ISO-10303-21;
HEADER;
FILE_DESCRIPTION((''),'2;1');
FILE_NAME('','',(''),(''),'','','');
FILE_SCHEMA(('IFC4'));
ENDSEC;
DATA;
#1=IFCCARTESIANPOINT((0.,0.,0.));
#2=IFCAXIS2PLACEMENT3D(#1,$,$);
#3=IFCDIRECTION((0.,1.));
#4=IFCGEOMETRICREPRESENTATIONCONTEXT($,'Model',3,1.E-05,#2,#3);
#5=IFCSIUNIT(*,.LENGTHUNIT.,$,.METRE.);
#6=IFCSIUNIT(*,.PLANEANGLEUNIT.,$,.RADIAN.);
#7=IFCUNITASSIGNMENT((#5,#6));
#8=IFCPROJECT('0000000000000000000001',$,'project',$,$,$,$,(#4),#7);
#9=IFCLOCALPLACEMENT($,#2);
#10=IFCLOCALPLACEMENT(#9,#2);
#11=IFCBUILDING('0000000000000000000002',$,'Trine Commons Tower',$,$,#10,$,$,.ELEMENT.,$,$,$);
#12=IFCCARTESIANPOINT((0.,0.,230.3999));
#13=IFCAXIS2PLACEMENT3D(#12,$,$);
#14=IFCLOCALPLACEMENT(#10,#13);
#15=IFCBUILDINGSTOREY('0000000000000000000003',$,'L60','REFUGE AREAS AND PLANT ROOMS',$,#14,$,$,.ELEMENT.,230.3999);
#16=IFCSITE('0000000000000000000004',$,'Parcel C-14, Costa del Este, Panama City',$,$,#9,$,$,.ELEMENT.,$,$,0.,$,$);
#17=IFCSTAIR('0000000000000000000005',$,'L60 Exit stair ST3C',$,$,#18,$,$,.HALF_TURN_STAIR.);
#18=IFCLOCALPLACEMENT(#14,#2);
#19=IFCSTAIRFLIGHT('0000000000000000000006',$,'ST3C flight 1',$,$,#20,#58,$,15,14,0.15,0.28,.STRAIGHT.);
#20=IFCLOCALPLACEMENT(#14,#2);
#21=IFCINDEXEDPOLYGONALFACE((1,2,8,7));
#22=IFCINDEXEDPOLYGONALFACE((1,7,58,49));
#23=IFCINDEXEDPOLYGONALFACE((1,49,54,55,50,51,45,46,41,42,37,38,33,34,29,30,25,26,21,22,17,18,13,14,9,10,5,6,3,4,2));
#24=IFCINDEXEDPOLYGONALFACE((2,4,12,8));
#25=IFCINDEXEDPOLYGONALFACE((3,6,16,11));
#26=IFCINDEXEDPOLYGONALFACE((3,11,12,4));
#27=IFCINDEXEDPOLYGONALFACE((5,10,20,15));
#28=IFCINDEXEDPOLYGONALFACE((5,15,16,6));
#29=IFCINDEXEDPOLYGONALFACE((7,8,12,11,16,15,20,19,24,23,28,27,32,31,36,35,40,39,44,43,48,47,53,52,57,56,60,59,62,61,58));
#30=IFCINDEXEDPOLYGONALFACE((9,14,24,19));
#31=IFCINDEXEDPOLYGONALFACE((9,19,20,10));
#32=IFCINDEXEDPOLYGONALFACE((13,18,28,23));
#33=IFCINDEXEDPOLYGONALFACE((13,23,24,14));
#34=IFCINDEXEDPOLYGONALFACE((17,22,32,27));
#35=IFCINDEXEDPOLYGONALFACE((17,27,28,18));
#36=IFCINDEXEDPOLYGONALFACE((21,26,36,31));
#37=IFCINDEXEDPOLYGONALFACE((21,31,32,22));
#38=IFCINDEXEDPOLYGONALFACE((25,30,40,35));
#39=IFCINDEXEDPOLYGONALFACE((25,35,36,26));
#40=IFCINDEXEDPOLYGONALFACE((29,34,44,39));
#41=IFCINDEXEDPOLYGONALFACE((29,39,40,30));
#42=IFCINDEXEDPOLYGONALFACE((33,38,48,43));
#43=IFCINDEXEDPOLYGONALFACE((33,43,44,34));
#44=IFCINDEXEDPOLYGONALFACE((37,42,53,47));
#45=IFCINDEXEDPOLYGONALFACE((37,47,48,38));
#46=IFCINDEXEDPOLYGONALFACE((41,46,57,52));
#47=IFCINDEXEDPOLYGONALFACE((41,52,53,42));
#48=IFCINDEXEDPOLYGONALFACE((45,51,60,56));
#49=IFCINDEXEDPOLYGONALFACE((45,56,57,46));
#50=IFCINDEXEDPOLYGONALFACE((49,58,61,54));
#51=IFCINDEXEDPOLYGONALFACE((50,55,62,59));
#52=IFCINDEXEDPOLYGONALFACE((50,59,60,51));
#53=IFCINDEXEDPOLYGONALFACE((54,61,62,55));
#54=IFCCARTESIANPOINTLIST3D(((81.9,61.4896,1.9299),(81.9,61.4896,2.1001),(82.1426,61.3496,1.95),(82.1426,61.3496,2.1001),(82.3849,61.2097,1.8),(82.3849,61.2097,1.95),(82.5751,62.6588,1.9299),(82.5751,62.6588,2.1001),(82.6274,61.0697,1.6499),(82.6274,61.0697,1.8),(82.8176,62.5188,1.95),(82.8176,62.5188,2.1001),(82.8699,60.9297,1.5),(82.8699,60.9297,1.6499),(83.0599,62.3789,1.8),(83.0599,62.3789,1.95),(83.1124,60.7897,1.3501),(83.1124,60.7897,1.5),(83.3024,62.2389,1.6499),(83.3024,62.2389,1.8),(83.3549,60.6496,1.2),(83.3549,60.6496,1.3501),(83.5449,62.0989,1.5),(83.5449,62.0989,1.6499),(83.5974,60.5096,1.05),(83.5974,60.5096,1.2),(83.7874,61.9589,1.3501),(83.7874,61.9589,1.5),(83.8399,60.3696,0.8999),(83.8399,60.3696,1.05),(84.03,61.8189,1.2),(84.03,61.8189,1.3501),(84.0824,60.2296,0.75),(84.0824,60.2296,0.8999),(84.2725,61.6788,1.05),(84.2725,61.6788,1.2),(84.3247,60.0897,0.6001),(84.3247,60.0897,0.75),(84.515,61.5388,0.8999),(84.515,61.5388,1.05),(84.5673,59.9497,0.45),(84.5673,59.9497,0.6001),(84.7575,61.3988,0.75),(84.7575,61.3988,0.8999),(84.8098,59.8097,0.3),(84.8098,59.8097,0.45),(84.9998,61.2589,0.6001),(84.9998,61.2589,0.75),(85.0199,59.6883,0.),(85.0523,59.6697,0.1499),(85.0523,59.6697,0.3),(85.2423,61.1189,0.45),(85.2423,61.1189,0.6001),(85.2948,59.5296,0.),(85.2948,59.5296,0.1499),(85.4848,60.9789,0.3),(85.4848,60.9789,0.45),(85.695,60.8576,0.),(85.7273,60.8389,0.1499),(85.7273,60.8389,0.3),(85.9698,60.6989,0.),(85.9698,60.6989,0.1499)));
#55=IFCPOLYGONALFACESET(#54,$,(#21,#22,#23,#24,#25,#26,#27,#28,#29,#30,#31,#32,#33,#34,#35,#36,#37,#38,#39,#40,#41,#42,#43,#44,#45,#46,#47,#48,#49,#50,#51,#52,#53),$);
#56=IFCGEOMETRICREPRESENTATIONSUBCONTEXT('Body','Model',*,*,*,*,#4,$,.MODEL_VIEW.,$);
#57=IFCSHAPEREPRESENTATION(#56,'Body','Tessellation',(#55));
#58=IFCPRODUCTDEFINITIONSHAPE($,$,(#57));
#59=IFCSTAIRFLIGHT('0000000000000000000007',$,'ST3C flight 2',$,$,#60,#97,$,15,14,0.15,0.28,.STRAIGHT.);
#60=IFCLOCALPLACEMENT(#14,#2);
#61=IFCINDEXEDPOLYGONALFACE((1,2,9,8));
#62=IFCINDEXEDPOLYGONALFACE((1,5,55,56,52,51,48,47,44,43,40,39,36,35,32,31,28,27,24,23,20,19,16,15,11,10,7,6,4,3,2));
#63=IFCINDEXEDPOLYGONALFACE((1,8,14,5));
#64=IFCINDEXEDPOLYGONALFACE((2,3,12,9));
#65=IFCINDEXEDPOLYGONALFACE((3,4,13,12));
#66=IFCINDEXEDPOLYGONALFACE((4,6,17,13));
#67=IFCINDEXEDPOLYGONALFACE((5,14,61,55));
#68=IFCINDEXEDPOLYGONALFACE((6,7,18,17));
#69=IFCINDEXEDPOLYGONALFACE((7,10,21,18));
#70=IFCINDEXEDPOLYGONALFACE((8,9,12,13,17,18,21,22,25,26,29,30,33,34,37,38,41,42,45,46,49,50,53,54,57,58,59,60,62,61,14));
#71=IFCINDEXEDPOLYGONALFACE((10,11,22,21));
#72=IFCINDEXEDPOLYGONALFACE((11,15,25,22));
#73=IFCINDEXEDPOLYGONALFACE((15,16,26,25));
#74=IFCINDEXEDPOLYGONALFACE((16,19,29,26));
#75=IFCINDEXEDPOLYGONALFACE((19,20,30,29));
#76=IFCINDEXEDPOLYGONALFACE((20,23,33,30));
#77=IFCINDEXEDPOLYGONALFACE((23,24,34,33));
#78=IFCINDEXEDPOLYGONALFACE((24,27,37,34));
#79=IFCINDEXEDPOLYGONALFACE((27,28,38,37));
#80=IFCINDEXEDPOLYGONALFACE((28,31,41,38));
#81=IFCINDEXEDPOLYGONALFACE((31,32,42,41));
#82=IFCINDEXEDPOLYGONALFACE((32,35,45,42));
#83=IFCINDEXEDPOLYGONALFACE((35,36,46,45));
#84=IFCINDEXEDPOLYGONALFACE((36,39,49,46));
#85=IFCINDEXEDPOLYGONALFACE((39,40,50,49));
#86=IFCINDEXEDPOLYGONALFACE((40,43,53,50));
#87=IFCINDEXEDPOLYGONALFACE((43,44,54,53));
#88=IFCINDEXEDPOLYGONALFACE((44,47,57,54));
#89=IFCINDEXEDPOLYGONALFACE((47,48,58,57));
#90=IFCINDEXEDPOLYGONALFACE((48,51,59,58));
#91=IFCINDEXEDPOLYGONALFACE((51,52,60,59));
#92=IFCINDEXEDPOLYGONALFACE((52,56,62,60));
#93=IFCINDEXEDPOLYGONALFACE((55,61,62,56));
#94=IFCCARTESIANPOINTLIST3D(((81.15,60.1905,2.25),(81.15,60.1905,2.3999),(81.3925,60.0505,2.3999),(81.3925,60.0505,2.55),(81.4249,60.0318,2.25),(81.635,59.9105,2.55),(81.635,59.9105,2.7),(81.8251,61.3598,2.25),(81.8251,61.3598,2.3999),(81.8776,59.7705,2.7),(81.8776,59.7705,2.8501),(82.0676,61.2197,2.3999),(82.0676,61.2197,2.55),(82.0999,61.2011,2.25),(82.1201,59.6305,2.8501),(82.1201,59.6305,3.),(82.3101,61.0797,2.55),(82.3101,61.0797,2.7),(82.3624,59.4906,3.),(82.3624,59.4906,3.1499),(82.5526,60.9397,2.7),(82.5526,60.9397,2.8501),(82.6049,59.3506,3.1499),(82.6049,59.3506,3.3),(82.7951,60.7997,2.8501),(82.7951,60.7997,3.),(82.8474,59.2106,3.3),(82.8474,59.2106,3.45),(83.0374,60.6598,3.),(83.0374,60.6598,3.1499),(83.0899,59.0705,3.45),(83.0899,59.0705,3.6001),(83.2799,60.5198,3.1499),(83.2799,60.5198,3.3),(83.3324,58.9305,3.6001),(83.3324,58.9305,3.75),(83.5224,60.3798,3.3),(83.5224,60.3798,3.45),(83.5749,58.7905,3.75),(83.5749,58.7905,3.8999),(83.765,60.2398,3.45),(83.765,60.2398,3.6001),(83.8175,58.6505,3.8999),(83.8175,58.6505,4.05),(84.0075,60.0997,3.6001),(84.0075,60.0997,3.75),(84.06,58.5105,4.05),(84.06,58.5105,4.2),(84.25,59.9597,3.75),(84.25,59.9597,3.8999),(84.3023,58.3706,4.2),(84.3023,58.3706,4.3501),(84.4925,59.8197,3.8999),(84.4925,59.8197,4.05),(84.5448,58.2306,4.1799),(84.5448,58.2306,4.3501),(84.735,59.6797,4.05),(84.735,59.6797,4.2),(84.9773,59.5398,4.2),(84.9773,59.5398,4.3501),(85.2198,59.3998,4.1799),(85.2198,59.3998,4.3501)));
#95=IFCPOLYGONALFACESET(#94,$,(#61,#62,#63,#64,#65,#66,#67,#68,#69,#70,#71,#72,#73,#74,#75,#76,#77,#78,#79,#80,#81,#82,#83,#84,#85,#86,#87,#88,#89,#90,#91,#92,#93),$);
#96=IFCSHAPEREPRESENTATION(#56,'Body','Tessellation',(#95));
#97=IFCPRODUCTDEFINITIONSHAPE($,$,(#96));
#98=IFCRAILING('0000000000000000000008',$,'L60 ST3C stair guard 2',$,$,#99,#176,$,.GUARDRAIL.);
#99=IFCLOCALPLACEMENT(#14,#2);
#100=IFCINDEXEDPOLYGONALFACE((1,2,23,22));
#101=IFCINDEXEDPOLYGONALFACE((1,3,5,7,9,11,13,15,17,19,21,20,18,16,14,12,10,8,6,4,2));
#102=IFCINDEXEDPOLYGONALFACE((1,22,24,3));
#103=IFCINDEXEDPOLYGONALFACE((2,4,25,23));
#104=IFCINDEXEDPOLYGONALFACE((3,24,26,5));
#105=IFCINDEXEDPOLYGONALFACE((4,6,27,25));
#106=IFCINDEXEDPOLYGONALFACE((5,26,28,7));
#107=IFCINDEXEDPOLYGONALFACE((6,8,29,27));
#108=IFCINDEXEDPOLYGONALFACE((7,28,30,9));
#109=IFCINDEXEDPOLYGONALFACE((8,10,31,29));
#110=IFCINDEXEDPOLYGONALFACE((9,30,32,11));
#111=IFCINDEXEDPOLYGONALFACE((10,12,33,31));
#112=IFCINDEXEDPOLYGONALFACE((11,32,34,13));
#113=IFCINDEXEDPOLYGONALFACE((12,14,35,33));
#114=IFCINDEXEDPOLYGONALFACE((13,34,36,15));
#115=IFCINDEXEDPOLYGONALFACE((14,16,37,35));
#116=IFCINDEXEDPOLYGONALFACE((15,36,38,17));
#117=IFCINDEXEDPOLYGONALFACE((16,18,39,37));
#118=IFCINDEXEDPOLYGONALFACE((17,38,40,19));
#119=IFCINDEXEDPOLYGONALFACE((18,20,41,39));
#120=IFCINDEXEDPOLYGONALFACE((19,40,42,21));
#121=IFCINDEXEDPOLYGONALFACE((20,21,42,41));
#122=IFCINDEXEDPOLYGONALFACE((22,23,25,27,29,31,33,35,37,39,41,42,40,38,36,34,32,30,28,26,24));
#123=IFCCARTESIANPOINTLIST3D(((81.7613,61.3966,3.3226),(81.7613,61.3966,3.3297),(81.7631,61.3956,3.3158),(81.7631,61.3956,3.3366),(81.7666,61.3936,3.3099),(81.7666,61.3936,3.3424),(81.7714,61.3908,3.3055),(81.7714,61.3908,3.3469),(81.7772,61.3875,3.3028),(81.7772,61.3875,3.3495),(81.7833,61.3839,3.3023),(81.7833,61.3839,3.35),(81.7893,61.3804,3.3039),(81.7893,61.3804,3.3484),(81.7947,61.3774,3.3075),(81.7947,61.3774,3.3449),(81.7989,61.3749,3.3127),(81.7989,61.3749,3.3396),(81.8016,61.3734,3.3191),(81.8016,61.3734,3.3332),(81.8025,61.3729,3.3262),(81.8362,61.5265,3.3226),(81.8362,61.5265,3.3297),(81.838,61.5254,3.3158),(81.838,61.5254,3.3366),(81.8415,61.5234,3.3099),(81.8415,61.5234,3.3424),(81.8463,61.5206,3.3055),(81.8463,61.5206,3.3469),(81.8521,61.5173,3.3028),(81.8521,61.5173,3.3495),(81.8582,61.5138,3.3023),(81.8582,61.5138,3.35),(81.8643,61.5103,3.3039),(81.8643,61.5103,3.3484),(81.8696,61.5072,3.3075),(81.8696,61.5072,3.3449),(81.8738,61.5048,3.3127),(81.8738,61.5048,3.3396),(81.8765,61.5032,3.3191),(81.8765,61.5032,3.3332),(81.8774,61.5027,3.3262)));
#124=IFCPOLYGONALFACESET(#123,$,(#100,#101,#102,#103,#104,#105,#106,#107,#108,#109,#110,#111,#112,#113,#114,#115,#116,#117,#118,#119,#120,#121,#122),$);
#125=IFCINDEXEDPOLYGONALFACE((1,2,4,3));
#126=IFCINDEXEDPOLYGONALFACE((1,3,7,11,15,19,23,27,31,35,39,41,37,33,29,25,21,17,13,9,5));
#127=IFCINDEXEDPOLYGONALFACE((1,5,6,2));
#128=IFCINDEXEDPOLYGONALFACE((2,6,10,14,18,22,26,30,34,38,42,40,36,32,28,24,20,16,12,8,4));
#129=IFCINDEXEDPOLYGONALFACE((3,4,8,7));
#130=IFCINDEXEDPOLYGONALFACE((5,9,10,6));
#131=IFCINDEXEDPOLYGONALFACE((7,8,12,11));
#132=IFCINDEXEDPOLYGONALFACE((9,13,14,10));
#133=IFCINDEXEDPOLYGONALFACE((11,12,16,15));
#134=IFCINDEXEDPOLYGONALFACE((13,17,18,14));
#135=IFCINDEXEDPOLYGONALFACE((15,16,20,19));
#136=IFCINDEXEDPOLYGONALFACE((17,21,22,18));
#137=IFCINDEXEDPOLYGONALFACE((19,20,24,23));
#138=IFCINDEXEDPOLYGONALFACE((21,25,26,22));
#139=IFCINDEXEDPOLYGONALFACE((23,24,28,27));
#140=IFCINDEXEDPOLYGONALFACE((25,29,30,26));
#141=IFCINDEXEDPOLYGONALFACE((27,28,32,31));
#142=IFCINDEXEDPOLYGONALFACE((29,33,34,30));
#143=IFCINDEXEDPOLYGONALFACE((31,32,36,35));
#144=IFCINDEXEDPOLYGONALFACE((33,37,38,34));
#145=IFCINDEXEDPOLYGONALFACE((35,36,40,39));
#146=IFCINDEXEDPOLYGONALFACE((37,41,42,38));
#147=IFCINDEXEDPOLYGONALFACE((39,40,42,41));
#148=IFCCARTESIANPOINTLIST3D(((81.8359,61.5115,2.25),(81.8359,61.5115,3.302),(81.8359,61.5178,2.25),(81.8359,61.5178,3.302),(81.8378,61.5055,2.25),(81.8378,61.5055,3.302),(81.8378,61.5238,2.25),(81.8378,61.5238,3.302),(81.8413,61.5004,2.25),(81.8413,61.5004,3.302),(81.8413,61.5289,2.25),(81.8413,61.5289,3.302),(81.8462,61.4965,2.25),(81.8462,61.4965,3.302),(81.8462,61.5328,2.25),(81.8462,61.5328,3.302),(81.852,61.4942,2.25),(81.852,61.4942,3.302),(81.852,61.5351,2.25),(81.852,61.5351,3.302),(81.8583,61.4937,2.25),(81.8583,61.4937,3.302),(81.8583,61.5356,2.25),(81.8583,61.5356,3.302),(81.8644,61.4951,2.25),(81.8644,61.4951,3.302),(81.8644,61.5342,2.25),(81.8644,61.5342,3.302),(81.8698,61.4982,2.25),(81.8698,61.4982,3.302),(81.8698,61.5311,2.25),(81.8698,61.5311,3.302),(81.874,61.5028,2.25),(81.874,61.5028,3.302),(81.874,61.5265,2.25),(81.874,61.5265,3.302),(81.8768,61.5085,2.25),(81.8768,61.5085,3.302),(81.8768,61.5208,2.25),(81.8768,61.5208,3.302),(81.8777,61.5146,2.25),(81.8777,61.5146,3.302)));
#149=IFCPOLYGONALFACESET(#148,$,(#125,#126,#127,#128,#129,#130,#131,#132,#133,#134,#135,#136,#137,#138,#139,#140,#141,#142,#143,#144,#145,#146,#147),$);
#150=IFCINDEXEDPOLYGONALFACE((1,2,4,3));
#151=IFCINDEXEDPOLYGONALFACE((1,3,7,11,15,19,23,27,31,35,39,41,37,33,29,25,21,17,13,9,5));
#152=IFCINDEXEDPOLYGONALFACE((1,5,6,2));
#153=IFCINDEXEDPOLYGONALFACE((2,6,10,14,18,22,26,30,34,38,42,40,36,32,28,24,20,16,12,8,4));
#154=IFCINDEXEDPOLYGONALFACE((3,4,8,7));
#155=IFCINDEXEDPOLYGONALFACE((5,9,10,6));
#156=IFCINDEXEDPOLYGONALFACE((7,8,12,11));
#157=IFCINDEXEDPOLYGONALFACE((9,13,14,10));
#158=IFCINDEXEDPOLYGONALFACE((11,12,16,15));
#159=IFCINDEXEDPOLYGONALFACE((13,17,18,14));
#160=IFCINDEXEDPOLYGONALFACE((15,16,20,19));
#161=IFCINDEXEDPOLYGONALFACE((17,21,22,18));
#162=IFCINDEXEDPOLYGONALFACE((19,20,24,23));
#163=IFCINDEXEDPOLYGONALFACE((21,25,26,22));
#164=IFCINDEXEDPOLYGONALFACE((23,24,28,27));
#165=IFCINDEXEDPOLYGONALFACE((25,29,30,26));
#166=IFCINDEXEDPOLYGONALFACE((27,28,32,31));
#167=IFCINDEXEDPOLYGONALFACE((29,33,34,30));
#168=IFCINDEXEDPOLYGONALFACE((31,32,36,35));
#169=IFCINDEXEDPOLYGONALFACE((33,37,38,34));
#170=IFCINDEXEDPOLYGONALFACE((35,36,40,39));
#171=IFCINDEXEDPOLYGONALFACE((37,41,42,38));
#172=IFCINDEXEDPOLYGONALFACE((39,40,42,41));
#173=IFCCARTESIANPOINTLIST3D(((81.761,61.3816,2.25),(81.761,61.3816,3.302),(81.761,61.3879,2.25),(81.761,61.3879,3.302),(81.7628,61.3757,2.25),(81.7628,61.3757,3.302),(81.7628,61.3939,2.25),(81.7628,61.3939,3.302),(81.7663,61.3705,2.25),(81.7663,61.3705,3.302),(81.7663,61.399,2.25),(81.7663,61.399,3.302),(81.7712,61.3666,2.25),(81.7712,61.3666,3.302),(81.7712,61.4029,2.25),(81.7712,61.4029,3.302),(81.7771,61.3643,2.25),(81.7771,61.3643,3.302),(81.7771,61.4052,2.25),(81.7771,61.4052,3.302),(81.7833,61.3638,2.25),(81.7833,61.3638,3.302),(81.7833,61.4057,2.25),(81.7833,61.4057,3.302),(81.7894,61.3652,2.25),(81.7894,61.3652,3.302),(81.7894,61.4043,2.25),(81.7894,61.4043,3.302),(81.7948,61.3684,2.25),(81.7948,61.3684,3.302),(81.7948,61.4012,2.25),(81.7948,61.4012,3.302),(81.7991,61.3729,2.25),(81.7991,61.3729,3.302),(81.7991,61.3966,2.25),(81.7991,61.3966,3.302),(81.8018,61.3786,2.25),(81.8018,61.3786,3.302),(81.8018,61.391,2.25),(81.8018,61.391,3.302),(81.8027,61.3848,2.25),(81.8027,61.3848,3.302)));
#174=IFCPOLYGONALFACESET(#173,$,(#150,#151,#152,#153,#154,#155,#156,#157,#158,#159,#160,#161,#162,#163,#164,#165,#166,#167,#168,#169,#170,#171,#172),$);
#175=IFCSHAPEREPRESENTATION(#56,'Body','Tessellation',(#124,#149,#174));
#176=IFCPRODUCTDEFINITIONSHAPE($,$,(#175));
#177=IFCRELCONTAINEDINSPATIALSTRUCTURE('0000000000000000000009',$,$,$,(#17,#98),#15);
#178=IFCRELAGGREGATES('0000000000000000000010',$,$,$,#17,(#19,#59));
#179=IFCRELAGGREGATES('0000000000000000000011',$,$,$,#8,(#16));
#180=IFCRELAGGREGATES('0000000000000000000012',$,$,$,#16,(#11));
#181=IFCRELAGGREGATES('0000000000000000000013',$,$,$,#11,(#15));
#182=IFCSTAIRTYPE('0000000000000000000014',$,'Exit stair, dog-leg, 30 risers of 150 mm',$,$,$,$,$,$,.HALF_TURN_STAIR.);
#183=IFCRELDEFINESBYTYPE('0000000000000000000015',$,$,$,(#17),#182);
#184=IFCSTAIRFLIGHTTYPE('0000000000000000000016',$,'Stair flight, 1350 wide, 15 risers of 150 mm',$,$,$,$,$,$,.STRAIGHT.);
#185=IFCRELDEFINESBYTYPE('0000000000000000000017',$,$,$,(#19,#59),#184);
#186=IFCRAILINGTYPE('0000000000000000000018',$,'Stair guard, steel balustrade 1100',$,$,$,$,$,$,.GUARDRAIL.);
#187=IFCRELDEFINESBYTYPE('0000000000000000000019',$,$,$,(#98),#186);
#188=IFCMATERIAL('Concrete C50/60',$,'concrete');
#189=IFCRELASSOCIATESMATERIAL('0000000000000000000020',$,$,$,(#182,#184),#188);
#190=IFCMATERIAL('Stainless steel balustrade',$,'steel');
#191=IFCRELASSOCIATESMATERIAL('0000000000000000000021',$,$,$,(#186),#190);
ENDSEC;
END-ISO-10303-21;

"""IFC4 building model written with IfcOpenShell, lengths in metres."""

from ifc_helpers import new_model, si_unit, direction, frame, origin, origin_2d, place, context, subcontext, project, spatial, polyline, circle, outline, extrude, material, type_object, element, aggregate, save


model = new_model("IFC4")

# Units and contexts
model_context = context("Model", 3, precision=1e-05, world=origin(), true_north=direction((0.0, 1.0)))
body_context = subcontext(model_context, "Body", "Model", "MODEL_VIEW")
ifc_project = project(units=[si_unit("LENGTHUNIT", "METRE"), si_unit("PLANEANGLEUNIT", "RADIAN")], contexts=[model_context])

# Site, building, storey
site_placement = place(None, origin())
site = spatial("IfcSite", under=ifc_project, at=site_placement, Name="Parcel C-14, Costa del Este, Panama City", CompositionType="ELEMENT", RefElevation=0.0)
building_placement = place(site_placement, origin())
building = spatial("IfcBuilding", under=site, at=building_placement, Name="Trine Commons Tower", CompositionType="ELEMENT")
storey_placement = place(building_placement, frame((0.0, 0.0, 230.3999)))
storey = spatial("IfcBuildingStorey", under=building, at=storey_placement, Name="L60", Description="REFUGE AREAS AND PLANT ROOMS", CompositionType="ELEMENT", Elevation=230.3999)

# Shared definitions
ifc_material_1 = material(Name="Concrete C50/60", Category="concrete")

# Stair, stair flights
stair_type = type_object("IfcStairType", Name="Exit stair, dog-leg, 30 risers of 150 mm", PredefinedType="HALF_TURN_STAIR", material=ifc_material_1)
stair_placement = place(storey_placement, origin())
stair = element("IfcStair", 1, at=stair_placement, inside=storey, type_object=stair_type, Name="L60 Exit stair ST3C", PredefinedType="HALF_TURN_STAIR")
stair_flight_type = type_object("IfcStairFlightType", Name="Stair flight, 1350 wide, 15 risers of 150 mm", PredefinedType="STRAIGHT", material=ifc_material_1)
stair_flight_1_placement = place(storey_placement, frame((85.6323, 60.1143, 0.0), z_axis=(0.0, 0.0, 1.0), x_axis=(-0.866025, 0.5, 0.0)))
stair_flight_1 = element("IfcStairFlight", 2, at=stair_flight_1_placement, type_object=stair_flight_type, Name="ST3C flight 1", NumberOfRisers=15, NumberOfTreads=14, PredefinedType="STRAIGHT", RiserHeight=0.15, TreadLength=0.28, context=body_context, shape_type="SweptSolid", body=[
    extrude(outline(polyline([(0.0, 0.0), (0.0, 0.1499), (0.28, 0.1499), (0.28, 0.3), (0.5601, 0.3), (0.5601, 0.45), (0.8401, 0.45), (0.8401, 0.6001), (1.1201, 0.6001), (1.1201, 0.75), (1.3999, 0.75), (1.3999, 0.8999), (1.6799, 0.8999), (1.6799, 1.05), (1.96, 1.05), (1.96, 1.2), (2.24, 1.2), (2.24, 1.3501), (2.52, 1.3501), (2.52, 1.5), (2.8, 1.5), (2.8, 1.6499), (3.0801, 1.6499), (3.0801, 1.8), (3.3601, 1.8), (3.3601, 1.95), (3.6399, 1.95), (3.6399, 2.1001), (3.9199, 2.1001), (3.9199, 2.25), (3.9199, 1.9299), (0.3174, 0.0), (0.0, 0.0)])), frame((0.0, 0.675, 0.0), z_axis=(0.0, -1.0, 0.0), x_axis=(1.0, 0.0, 0.0)), (0.0, 0.0, 1.0), 1.3501),
])
stair_flight_2_placement = place(storey_placement, frame((81.4875, 60.7751, 2.25), z_axis=(0.0, 0.0, 1.0), x_axis=(0.866025, -0.5, 0.0)))
stair_flight_2 = element("IfcStairFlight", 3, at=stair_flight_2_placement, type_object=stair_flight_type, Name="ST3C flight 2", NumberOfRisers=15, NumberOfTreads=14, PredefinedType="STRAIGHT", RiserHeight=0.15, TreadLength=0.28, context=body_context, shape_type="SweptSolid", body=[
    extrude(outline(polyline([(0.0, 0.0), (0.0, 0.1499), (0.28, 0.1499), (0.28, 0.3), (0.5601, 0.3), (0.5601, 0.45), (0.8401, 0.45), (0.8401, 0.6001), (1.1201, 0.6001), (1.1201, 0.75), (1.3999, 0.75), (1.3999, 0.8999), (1.6799, 0.8999), (1.6799, 1.05), (1.96, 1.05), (1.96, 1.2), (2.24, 1.2), (2.24, 1.3501), (2.52, 1.3501), (2.52, 1.5), (2.8, 1.5), (2.8, 1.6499), (3.0801, 1.6499), (3.0801, 1.8), (3.3601, 1.8), (3.3601, 1.95), (3.6399, 1.95), (3.6399, 2.1001), (3.9199, 2.1001), (3.9199, 2.25), (3.9199, 1.9299), (0.3174, 0.0), (0.0, 0.0)])), frame((0.0, 0.675, 0.0), z_axis=(0.0, -1.0, 0.0), x_axis=(1.0, 0.0, 0.0)), (0.0, 0.0, 1.0), 1.3501),
])
aggregate(stair, [stair_flight_1, stair_flight_2])

# Railing
ifc_material_2 = material(Name="Stainless steel balustrade", Category="steel")
railing_type_1 = type_object("IfcRailingType", Name="Stair guard, steel balustrade 1100", PredefinedType="GUARDRAIL", material=ifc_material_2)
railing_1_placement = place(storey_placement, frame((81.8567, 61.5146, 2.25)))
element("IfcRailing", 4, at=railing_1_placement, inside=storey, type_object=railing_type_1, Name="L60 ST3C stair guard 2", PredefinedType="GUARDRAIL", context=body_context, shape_type="SweptSolid", body=[
    extrude(circle(Radius=0.0239, at=origin_2d()), frame((0.0, 0.0, 1.0762), z_axis=(-0.499816, -0.866131, 0.0), x_axis=(0.866131, -0.499816, 0.0)), (0.0, 0.0, 1.0), 0.1499),
    extrude(circle(Radius=0.021, at=origin_2d()), origin(), (0.0, 0.0, 1.0), 1.052),
    extrude(circle(Radius=0.021, at=origin_2d()), frame((-0.075, -0.1299, 0.0)), (0.0, 0.0, 1.0), 1.052),
])

save(model, "model.ifc")
